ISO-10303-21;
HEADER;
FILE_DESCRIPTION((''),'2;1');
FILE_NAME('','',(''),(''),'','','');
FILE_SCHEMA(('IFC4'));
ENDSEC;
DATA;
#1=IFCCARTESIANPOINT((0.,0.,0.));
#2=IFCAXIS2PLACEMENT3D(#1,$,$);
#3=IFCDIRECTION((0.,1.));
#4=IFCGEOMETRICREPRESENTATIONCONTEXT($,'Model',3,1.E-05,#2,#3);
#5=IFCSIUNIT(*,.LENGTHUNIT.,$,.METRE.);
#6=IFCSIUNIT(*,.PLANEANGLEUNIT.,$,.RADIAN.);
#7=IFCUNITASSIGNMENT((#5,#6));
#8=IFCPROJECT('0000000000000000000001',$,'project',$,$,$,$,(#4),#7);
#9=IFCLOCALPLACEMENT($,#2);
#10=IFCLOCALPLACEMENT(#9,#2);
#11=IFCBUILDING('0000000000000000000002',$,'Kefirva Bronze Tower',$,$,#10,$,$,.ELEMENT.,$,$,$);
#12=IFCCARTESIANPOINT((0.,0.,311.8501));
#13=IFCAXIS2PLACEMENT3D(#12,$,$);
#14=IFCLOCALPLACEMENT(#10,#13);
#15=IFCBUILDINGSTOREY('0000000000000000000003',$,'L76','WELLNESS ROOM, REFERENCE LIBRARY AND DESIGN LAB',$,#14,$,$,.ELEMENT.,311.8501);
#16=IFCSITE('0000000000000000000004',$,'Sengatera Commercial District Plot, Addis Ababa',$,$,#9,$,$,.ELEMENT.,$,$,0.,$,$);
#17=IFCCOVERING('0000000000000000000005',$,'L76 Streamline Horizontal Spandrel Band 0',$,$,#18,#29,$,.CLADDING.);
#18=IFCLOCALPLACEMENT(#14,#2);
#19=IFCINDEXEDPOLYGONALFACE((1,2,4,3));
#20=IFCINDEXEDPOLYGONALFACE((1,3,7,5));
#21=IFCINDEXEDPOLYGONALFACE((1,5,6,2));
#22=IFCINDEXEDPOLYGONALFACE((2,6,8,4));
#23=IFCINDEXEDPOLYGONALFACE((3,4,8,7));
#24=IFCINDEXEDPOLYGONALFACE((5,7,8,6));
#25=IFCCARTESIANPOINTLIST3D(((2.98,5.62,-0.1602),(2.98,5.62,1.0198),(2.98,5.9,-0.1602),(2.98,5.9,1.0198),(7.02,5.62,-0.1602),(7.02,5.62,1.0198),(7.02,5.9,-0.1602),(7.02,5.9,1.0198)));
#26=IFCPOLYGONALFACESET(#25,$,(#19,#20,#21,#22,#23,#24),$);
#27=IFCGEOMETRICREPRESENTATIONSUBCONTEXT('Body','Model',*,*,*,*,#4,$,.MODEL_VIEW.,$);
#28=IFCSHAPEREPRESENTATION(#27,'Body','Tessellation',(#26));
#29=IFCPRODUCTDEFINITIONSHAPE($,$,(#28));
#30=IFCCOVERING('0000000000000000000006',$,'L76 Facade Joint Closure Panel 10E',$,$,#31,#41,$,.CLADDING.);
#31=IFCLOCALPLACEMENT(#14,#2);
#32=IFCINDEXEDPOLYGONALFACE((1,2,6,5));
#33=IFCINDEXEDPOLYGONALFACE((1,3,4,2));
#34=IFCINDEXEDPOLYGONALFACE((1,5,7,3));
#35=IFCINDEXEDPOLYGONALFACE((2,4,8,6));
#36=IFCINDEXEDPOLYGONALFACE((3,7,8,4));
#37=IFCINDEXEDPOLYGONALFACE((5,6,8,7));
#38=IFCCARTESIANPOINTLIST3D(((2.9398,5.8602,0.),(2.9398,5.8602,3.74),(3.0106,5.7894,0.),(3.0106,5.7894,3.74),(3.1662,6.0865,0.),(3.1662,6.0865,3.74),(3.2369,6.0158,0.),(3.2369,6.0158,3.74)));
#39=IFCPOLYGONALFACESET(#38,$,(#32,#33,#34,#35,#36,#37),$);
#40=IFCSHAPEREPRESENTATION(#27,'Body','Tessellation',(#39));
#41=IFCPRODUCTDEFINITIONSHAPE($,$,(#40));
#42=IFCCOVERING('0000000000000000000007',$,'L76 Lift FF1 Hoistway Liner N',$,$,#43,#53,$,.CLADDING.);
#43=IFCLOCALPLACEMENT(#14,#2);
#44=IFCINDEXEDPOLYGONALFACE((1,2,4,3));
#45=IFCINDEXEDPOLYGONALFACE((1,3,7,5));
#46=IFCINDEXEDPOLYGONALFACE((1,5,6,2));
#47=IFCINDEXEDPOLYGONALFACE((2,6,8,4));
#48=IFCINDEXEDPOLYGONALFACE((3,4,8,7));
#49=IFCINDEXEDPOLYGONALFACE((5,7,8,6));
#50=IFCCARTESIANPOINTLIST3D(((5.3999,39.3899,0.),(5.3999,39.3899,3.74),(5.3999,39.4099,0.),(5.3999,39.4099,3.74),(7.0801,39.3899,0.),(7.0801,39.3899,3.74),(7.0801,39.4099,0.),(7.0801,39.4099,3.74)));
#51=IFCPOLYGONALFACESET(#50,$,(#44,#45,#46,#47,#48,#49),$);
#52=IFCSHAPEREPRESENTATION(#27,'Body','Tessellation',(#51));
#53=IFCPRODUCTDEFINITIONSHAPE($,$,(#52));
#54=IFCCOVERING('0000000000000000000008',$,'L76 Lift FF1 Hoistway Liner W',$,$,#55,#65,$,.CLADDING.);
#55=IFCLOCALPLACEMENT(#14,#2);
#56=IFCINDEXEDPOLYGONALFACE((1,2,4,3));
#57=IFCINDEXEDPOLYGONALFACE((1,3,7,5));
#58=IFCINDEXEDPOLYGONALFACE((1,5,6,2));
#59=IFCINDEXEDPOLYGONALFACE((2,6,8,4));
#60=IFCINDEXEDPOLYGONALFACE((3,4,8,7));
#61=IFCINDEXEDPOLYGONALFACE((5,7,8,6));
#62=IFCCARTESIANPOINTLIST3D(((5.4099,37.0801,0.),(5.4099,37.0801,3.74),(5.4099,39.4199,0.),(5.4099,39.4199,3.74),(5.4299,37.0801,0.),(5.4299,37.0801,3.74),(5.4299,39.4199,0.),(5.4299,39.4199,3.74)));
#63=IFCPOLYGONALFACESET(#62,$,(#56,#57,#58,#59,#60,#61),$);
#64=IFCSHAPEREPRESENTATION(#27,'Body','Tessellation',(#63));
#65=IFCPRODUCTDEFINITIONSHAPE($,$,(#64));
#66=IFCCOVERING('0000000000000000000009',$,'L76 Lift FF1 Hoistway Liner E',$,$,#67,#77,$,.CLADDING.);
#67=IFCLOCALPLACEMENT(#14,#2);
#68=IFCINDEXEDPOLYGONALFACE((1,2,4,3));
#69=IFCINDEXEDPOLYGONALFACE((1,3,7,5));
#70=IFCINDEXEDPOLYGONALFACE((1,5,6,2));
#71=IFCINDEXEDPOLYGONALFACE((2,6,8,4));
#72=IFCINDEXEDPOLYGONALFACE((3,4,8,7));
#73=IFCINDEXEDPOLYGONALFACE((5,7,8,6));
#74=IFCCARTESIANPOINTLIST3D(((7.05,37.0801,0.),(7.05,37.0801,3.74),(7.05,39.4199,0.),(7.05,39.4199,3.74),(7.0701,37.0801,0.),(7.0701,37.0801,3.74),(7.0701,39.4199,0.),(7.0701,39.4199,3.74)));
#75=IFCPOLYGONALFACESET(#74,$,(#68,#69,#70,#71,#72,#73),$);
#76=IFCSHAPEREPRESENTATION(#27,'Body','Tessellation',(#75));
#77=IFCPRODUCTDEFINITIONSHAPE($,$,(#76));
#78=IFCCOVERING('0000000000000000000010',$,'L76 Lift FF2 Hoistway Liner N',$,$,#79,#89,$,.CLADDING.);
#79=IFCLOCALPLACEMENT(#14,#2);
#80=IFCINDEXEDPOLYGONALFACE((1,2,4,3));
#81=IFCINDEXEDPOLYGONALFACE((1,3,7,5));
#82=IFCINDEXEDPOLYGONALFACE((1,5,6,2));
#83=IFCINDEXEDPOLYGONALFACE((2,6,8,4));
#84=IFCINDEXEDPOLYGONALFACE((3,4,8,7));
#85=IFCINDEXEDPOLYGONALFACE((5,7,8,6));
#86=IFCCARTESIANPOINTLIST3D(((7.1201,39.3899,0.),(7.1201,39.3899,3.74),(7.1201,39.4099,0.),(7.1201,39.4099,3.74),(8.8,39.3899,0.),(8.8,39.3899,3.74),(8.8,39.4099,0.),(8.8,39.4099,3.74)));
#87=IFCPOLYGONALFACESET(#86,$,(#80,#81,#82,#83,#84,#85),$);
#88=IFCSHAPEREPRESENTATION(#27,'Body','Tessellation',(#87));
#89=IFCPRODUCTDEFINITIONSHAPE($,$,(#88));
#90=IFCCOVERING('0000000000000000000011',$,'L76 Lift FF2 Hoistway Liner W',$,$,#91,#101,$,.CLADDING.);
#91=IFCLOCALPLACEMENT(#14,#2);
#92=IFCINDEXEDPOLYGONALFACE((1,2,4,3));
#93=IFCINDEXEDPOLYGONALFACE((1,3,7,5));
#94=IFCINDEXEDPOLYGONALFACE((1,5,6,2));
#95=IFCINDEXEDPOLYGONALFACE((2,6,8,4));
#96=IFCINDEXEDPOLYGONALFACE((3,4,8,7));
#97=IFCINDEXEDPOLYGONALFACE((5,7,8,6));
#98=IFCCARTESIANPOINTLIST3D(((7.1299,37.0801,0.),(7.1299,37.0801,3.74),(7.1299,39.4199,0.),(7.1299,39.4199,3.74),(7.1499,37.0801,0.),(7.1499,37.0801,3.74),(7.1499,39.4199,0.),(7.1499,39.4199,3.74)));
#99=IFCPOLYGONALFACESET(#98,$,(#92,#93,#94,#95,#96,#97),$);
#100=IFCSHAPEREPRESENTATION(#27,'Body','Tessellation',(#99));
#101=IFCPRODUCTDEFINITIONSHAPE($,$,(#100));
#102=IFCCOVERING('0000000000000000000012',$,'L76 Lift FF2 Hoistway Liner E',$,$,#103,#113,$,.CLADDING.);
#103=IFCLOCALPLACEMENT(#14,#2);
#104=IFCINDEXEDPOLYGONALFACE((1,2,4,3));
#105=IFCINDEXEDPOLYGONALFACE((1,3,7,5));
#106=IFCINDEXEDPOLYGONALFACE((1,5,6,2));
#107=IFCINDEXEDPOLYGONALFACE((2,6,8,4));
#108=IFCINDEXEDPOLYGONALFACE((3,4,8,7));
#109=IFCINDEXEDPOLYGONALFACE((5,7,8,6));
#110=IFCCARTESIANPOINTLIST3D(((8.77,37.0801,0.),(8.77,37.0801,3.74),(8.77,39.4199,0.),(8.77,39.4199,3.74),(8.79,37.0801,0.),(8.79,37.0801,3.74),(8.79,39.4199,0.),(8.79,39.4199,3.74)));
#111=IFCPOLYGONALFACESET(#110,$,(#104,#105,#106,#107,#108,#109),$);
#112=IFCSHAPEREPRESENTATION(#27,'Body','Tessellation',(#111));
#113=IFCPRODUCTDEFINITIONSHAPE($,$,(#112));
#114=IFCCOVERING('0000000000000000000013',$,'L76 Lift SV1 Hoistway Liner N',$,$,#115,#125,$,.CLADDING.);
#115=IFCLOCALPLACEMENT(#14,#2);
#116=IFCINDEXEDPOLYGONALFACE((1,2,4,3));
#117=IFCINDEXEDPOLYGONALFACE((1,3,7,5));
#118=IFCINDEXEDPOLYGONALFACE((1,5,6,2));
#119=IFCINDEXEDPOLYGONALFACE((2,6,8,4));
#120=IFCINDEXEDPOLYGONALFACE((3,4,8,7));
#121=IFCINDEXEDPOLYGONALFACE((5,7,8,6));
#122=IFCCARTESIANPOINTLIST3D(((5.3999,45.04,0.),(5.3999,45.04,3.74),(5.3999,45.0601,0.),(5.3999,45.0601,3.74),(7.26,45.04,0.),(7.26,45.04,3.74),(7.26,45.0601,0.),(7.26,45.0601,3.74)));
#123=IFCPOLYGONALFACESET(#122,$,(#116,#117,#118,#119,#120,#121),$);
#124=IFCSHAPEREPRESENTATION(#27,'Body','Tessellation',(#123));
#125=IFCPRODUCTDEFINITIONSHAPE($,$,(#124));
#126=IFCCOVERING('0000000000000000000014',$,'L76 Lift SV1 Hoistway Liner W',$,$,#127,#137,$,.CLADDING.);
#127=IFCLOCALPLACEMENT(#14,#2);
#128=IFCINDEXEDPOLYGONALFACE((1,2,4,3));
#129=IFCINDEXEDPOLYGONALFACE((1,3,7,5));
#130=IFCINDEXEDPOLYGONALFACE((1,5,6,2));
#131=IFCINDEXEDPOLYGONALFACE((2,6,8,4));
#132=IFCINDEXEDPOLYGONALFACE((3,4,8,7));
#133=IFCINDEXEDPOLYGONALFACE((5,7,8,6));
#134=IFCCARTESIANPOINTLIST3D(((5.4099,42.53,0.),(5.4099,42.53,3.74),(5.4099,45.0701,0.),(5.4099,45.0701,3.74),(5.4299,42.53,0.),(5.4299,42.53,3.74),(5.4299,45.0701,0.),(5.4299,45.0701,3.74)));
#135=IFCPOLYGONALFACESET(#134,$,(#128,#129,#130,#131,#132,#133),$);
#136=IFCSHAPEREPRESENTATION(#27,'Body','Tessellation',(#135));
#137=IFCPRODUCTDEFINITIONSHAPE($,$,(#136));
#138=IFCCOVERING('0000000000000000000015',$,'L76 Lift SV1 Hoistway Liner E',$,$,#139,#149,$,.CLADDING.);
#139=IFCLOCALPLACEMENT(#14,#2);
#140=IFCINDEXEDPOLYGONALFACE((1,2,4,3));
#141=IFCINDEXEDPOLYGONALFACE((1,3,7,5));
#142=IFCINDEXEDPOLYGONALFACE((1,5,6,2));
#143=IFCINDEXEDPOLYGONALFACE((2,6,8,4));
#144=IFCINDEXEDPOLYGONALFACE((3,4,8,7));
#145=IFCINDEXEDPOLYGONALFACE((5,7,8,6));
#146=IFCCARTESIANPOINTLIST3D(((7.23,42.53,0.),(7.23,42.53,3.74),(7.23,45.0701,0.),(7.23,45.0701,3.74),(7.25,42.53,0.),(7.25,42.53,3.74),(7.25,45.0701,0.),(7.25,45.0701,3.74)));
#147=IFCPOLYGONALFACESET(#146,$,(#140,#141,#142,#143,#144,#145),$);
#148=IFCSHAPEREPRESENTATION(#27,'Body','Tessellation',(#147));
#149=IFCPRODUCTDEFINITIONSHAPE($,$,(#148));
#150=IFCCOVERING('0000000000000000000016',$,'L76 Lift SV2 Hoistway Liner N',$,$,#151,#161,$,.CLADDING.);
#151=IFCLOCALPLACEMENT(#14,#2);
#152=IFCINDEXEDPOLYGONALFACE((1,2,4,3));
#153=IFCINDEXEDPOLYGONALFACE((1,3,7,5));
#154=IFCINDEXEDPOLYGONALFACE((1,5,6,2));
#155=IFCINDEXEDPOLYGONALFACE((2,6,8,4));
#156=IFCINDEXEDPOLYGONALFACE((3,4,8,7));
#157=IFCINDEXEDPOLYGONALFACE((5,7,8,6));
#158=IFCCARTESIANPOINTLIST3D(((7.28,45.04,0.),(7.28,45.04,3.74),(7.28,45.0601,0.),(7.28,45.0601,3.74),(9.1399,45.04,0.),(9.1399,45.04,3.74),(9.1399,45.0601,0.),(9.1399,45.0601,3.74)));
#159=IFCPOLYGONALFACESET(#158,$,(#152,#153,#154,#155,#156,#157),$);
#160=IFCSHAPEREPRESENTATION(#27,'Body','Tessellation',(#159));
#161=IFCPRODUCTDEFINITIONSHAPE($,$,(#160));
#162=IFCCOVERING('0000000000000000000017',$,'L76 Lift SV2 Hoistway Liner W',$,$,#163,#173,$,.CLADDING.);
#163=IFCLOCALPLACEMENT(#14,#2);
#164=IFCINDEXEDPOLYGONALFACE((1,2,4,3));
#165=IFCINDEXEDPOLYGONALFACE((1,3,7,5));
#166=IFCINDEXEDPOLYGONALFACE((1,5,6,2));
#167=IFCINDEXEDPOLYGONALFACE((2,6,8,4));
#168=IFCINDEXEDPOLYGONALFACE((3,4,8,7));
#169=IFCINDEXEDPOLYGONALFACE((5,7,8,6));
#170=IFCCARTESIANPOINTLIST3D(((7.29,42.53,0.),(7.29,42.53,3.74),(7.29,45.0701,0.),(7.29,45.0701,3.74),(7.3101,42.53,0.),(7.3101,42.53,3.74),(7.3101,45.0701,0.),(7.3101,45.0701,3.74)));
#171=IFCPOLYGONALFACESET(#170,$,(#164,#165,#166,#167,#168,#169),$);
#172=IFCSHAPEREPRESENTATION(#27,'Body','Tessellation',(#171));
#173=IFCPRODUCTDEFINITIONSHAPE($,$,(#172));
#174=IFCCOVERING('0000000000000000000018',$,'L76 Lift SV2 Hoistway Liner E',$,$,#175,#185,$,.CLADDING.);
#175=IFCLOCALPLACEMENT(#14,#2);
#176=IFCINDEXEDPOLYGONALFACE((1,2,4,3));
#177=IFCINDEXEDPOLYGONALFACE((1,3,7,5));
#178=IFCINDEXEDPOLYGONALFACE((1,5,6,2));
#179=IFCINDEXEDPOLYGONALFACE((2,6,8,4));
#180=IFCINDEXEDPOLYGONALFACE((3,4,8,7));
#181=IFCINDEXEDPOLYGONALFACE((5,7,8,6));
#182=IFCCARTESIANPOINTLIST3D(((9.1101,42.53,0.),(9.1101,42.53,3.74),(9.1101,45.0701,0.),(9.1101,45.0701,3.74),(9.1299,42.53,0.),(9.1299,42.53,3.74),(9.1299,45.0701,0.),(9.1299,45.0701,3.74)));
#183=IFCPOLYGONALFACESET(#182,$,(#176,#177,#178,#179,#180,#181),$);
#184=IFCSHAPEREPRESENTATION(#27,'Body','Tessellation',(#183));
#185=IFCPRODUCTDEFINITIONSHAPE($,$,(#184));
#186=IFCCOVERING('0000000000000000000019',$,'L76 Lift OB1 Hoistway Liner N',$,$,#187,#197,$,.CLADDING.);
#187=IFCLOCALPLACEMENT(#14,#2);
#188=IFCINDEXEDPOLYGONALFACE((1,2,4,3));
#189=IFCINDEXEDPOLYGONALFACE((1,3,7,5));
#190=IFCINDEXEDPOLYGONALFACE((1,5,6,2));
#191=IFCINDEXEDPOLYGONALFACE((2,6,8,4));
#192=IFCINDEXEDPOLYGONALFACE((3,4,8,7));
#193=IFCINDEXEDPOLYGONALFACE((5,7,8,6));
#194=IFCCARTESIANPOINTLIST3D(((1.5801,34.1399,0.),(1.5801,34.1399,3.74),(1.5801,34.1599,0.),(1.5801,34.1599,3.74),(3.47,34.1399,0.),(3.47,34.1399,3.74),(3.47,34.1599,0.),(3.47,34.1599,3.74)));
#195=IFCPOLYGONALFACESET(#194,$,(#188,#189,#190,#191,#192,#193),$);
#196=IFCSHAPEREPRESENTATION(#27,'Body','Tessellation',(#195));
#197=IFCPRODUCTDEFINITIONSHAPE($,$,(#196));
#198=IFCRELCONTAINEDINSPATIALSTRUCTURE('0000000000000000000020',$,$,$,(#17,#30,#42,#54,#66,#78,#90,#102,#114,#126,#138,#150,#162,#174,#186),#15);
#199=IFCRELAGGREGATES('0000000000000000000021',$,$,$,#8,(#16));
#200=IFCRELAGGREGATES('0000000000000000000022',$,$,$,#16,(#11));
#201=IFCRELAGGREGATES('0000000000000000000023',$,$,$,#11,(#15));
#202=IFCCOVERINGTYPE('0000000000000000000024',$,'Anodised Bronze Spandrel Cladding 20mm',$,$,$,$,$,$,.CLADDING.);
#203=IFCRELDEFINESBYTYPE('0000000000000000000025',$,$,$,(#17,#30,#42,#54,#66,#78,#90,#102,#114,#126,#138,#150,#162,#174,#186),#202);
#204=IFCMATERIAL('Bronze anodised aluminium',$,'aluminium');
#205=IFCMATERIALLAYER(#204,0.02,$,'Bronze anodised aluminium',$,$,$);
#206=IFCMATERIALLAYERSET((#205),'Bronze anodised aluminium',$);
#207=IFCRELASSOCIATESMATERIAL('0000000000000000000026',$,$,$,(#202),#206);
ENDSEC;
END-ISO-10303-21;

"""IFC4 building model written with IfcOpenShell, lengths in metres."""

from ifc_helpers import new_model, si_unit, direction, frame, origin, origin_2d, place, context, subcontext, project, spatial, polyline, rectangle, outline, extrude, material, layer, layer_set, type_object, element, save


model = new_model("IFC4")

# Units and contexts
model_context = context("Model", 3, precision=1e-05, world=origin(), true_north=direction((0.0, 1.0)))
body_context = subcontext(model_context, "Body", "Model", "MODEL_VIEW")
ifc_project = project(units=[si_unit("LENGTHUNIT", "METRE"), si_unit("PLANEANGLEUNIT", "RADIAN")], contexts=[model_context])

# Site, building, storey
site_placement = place(None, origin())
site = spatial("IfcSite", under=ifc_project, at=site_placement, Name="Sengatera Commercial District Plot, Addis Ababa", CompositionType="ELEMENT", RefElevation=0.0)
building_placement = place(site_placement, origin())
building = spatial("IfcBuilding", under=site, at=building_placement, Name="Kefirva Bronze Tower", CompositionType="ELEMENT")
storey_placement = place(building_placement, frame((0.0, 0.0, 311.8501)))
storey = spatial("IfcBuildingStorey", under=building, at=storey_placement, Name="L76", Description="WELLNESS ROOM, REFERENCE LIBRARY AND DESIGN LAB", CompositionType="ELEMENT", Elevation=311.8501)

# Coverings
ifc_material_1 = material(Name="Bronze anodised aluminium", Category="aluminium")
ifc_layer_1 = layer(ifc_material_1, 0.02, Name="Bronze anodised aluminium")
ifc_layer_set_1 = layer_set([ifc_layer_1], Name="Bronze anodised aluminium")
covering_type_1 = type_object("IfcCoveringType", Name="Anodised Bronze Spandrel Cladding 20mm", PredefinedType="CLADDING", material=ifc_layer_set_1)
covering_1_placement = place(storey_placement, frame((5.0, 5.76, -0.1602), z_axis=(0.0, 0.0, 1.0), x_axis=(1.0, 0.0, 0.0)))
element("IfcCovering", 1, at=covering_1_placement, inside=storey, type_object=covering_type_1, Name="L76 Streamline Horizontal Spandrel Band 0", PredefinedType="CLADDING", context=body_context, shape_type="SweptSolid", body=[
    extrude(rectangle(XDim=4.04, YDim=0.28, at=origin_2d()), origin(), (0.0, 0.0, 1.0), 1.1799),
])
covering_2_placement = place(storey_placement, frame((3.0884, 5.938, 0.0), z_axis=(0.0, 0.0, 1.0), x_axis=(0.707107, -0.707107, 0.0)))
element("IfcCovering", 2, at=covering_2_placement, inside=storey, type_object=covering_type_1, Name="L76 Facade Joint Closure Panel 10E", PredefinedType="CLADDING", context=body_context, shape_type="SweptSolid", body=[
    extrude(rectangle(XDim=0.1001, YDim=0.3201, at=origin_2d()), origin(), (0.0, 0.0, 1.0), 3.74),
])
covering_3_placement = place(storey_placement, origin())
element("IfcCovering", 3, at=covering_3_placement, inside=storey, type_object=covering_type_1, Name="L76 Lift FF1 Hoistway Liner N", PredefinedType="CLADDING", context=body_context, shape_type="SweptSolid", body=[
    extrude(outline(polyline([(5.3999, 39.3899), (7.0801, 39.3899), (7.0801, 39.4099), (5.3999, 39.4099), (5.3999, 39.3899)])), origin(), (0.0, 0.0, 1.0), 3.74),
])
covering_4_placement = place(storey_placement, origin())
element("IfcCovering", 4, at=covering_4_placement, inside=storey, type_object=covering_type_1, Name="L76 Lift FF1 Hoistway Liner W", PredefinedType="CLADDING", context=body_context, shape_type="SweptSolid", body=[
    extrude(outline(polyline([(5.4099, 37.0801), (5.4299, 37.0801), (5.4299, 39.4199), (5.4099, 39.4199), (5.4099, 37.0801)])), origin(), (0.0, 0.0, 1.0), 3.74),
])
covering_5_placement = place(storey_placement, origin())
element("IfcCovering", 5, at=covering_5_placement, inside=storey, type_object=covering_type_1, Name="L76 Lift FF1 Hoistway Liner E", PredefinedType="CLADDING", context=body_context, shape_type="SweptSolid", body=[
    extrude(outline(polyline([(7.05, 37.0801), (7.0701, 37.0801), (7.0701, 39.4199), (7.05, 39.4199), (7.05, 37.0801)])), origin(), (0.0, 0.0, 1.0), 3.74),
])
covering_6_placement = place(storey_placement, origin())
element("IfcCovering", 6, at=covering_6_placement, inside=storey, type_object=covering_type_1, Name="L76 Lift FF2 Hoistway Liner N", PredefinedType="CLADDING", context=body_context, shape_type="SweptSolid", body=[
    extrude(outline(polyline([(7.1201, 39.3899), (8.8, 39.3899), (8.8, 39.4099), (7.1201, 39.4099), (7.1201, 39.3899)])), origin(), (0.0, 0.0, 1.0), 3.74),
])
covering_7_placement = place(storey_placement, origin())
element("IfcCovering", 7, at=covering_7_placement, inside=storey, type_object=covering_type_1, Name="L76 Lift FF2 Hoistway Liner W", PredefinedType="CLADDING", context=body_context, shape_type="SweptSolid", body=[
    extrude(outline(polyline([(7.1299, 37.0801), (7.1499, 37.0801), (7.1499, 39.4199), (7.1299, 39.4199), (7.1299, 37.0801)])), origin(), (0.0, 0.0, 1.0), 3.74),
])
covering_8_placement = place(storey_placement, origin())
element("IfcCovering", 8, at=covering_8_placement, inside=storey, type_object=covering_type_1, Name="L76 Lift FF2 Hoistway Liner E", PredefinedType="CLADDING", context=body_context, shape_type="SweptSolid", body=[
    extrude(outline(polyline([(8.77, 37.0801), (8.79, 37.0801), (8.79, 39.4199), (8.77, 39.4199), (8.77, 37.0801)])), origin(), (0.0, 0.0, 1.0), 3.74),
])
covering_9_placement = place(storey_placement, origin())
element("IfcCovering", 9, at=covering_9_placement, inside=storey, type_object=covering_type_1, Name="L76 Lift SV1 Hoistway Liner N", PredefinedType="CLADDING", context=body_context, shape_type="SweptSolid", body=[
    extrude(outline(polyline([(5.3999, 45.04), (7.26, 45.04), (7.26, 45.0601), (5.3999, 45.0601), (5.3999, 45.04)])), origin(), (0.0, 0.0, 1.0), 3.74),
])
covering_10_placement = place(storey_placement, origin())
element("IfcCovering", 10, at=covering_10_placement, inside=storey, type_object=covering_type_1, Name="L76 Lift SV1 Hoistway Liner W", PredefinedType="CLADDING", context=body_context, shape_type="SweptSolid", body=[
    extrude(outline(polyline([(5.4099, 42.53), (5.4299, 42.53), (5.4299, 45.0701), (5.4099, 45.0701), (5.4099, 42.53)])), origin(), (0.0, 0.0, 1.0), 3.74),
])
covering_11_placement = place(storey_placement, origin())
element("IfcCovering", 11, at=covering_11_placement, inside=storey, type_object=covering_type_1, Name="L76 Lift SV1 Hoistway Liner E", PredefinedType="CLADDING", context=body_context, shape_type="SweptSolid", body=[
    extrude(outline(polyline([(7.23, 42.53), (7.25, 42.53), (7.25, 45.0701), (7.23, 45.0701), (7.23, 42.53)])), origin(), (0.0, 0.0, 1.0), 3.74),
])
covering_12_placement = place(storey_placement, origin())
element("IfcCovering", 12, at=covering_12_placement, inside=storey, type_object=covering_type_1, Name="L76 Lift SV2 Hoistway Liner N", PredefinedType="CLADDING", context=body_context, shape_type="SweptSolid", body=[
    extrude(outline(polyline([(7.28, 45.04), (9.1399, 45.04), (9.1399, 45.0601), (7.28, 45.0601), (7.28, 45.04)])), origin(), (0.0, 0.0, 1.0), 3.74),
])
covering_13_placement = place(storey_placement, origin())
element("IfcCovering", 13, at=covering_13_placement, inside=storey, type_object=covering_type_1, Name="L76 Lift SV2 Hoistway Liner W", PredefinedType="CLADDING", context=body_context, shape_type="SweptSolid", body=[
    extrude(outline(polyline([(7.29, 42.53), (7.3101, 42.53), (7.3101, 45.0701), (7.29, 45.0701), (7.29, 42.53)])), origin(), (0.0, 0.0, 1.0), 3.74),
])
covering_14_placement = place(storey_placement, origin())
element("IfcCovering", 14, at=covering_14_placement, inside=storey, type_object=covering_type_1, Name="L76 Lift SV2 Hoistway Liner E", PredefinedType="CLADDING", context=body_context, shape_type="SweptSolid", body=[
    extrude(outline(polyline([(9.1101, 42.53), (9.1299, 42.53), (9.1299, 45.0701), (9.1101, 45.0701), (9.1101, 42.53)])), origin(), (0.0, 0.0, 1.0), 3.74),
])
covering_15_placement = place(storey_placement, origin())
element("IfcCovering", 15, at=covering_15_placement, inside=storey, type_object=covering_type_1, Name="L76 Lift OB1 Hoistway Liner N", PredefinedType="CLADDING", context=body_context, shape_type="SweptSolid", body=[
    extrude(outline(polyline([(1.5801, 34.1399), (3.47, 34.1399), (3.47, 34.1599), (1.5801, 34.1599), (1.5801, 34.1399)])), origin(), (0.0, 0.0, 1.0), 3.74),
])

save(model, "model.ifc")
